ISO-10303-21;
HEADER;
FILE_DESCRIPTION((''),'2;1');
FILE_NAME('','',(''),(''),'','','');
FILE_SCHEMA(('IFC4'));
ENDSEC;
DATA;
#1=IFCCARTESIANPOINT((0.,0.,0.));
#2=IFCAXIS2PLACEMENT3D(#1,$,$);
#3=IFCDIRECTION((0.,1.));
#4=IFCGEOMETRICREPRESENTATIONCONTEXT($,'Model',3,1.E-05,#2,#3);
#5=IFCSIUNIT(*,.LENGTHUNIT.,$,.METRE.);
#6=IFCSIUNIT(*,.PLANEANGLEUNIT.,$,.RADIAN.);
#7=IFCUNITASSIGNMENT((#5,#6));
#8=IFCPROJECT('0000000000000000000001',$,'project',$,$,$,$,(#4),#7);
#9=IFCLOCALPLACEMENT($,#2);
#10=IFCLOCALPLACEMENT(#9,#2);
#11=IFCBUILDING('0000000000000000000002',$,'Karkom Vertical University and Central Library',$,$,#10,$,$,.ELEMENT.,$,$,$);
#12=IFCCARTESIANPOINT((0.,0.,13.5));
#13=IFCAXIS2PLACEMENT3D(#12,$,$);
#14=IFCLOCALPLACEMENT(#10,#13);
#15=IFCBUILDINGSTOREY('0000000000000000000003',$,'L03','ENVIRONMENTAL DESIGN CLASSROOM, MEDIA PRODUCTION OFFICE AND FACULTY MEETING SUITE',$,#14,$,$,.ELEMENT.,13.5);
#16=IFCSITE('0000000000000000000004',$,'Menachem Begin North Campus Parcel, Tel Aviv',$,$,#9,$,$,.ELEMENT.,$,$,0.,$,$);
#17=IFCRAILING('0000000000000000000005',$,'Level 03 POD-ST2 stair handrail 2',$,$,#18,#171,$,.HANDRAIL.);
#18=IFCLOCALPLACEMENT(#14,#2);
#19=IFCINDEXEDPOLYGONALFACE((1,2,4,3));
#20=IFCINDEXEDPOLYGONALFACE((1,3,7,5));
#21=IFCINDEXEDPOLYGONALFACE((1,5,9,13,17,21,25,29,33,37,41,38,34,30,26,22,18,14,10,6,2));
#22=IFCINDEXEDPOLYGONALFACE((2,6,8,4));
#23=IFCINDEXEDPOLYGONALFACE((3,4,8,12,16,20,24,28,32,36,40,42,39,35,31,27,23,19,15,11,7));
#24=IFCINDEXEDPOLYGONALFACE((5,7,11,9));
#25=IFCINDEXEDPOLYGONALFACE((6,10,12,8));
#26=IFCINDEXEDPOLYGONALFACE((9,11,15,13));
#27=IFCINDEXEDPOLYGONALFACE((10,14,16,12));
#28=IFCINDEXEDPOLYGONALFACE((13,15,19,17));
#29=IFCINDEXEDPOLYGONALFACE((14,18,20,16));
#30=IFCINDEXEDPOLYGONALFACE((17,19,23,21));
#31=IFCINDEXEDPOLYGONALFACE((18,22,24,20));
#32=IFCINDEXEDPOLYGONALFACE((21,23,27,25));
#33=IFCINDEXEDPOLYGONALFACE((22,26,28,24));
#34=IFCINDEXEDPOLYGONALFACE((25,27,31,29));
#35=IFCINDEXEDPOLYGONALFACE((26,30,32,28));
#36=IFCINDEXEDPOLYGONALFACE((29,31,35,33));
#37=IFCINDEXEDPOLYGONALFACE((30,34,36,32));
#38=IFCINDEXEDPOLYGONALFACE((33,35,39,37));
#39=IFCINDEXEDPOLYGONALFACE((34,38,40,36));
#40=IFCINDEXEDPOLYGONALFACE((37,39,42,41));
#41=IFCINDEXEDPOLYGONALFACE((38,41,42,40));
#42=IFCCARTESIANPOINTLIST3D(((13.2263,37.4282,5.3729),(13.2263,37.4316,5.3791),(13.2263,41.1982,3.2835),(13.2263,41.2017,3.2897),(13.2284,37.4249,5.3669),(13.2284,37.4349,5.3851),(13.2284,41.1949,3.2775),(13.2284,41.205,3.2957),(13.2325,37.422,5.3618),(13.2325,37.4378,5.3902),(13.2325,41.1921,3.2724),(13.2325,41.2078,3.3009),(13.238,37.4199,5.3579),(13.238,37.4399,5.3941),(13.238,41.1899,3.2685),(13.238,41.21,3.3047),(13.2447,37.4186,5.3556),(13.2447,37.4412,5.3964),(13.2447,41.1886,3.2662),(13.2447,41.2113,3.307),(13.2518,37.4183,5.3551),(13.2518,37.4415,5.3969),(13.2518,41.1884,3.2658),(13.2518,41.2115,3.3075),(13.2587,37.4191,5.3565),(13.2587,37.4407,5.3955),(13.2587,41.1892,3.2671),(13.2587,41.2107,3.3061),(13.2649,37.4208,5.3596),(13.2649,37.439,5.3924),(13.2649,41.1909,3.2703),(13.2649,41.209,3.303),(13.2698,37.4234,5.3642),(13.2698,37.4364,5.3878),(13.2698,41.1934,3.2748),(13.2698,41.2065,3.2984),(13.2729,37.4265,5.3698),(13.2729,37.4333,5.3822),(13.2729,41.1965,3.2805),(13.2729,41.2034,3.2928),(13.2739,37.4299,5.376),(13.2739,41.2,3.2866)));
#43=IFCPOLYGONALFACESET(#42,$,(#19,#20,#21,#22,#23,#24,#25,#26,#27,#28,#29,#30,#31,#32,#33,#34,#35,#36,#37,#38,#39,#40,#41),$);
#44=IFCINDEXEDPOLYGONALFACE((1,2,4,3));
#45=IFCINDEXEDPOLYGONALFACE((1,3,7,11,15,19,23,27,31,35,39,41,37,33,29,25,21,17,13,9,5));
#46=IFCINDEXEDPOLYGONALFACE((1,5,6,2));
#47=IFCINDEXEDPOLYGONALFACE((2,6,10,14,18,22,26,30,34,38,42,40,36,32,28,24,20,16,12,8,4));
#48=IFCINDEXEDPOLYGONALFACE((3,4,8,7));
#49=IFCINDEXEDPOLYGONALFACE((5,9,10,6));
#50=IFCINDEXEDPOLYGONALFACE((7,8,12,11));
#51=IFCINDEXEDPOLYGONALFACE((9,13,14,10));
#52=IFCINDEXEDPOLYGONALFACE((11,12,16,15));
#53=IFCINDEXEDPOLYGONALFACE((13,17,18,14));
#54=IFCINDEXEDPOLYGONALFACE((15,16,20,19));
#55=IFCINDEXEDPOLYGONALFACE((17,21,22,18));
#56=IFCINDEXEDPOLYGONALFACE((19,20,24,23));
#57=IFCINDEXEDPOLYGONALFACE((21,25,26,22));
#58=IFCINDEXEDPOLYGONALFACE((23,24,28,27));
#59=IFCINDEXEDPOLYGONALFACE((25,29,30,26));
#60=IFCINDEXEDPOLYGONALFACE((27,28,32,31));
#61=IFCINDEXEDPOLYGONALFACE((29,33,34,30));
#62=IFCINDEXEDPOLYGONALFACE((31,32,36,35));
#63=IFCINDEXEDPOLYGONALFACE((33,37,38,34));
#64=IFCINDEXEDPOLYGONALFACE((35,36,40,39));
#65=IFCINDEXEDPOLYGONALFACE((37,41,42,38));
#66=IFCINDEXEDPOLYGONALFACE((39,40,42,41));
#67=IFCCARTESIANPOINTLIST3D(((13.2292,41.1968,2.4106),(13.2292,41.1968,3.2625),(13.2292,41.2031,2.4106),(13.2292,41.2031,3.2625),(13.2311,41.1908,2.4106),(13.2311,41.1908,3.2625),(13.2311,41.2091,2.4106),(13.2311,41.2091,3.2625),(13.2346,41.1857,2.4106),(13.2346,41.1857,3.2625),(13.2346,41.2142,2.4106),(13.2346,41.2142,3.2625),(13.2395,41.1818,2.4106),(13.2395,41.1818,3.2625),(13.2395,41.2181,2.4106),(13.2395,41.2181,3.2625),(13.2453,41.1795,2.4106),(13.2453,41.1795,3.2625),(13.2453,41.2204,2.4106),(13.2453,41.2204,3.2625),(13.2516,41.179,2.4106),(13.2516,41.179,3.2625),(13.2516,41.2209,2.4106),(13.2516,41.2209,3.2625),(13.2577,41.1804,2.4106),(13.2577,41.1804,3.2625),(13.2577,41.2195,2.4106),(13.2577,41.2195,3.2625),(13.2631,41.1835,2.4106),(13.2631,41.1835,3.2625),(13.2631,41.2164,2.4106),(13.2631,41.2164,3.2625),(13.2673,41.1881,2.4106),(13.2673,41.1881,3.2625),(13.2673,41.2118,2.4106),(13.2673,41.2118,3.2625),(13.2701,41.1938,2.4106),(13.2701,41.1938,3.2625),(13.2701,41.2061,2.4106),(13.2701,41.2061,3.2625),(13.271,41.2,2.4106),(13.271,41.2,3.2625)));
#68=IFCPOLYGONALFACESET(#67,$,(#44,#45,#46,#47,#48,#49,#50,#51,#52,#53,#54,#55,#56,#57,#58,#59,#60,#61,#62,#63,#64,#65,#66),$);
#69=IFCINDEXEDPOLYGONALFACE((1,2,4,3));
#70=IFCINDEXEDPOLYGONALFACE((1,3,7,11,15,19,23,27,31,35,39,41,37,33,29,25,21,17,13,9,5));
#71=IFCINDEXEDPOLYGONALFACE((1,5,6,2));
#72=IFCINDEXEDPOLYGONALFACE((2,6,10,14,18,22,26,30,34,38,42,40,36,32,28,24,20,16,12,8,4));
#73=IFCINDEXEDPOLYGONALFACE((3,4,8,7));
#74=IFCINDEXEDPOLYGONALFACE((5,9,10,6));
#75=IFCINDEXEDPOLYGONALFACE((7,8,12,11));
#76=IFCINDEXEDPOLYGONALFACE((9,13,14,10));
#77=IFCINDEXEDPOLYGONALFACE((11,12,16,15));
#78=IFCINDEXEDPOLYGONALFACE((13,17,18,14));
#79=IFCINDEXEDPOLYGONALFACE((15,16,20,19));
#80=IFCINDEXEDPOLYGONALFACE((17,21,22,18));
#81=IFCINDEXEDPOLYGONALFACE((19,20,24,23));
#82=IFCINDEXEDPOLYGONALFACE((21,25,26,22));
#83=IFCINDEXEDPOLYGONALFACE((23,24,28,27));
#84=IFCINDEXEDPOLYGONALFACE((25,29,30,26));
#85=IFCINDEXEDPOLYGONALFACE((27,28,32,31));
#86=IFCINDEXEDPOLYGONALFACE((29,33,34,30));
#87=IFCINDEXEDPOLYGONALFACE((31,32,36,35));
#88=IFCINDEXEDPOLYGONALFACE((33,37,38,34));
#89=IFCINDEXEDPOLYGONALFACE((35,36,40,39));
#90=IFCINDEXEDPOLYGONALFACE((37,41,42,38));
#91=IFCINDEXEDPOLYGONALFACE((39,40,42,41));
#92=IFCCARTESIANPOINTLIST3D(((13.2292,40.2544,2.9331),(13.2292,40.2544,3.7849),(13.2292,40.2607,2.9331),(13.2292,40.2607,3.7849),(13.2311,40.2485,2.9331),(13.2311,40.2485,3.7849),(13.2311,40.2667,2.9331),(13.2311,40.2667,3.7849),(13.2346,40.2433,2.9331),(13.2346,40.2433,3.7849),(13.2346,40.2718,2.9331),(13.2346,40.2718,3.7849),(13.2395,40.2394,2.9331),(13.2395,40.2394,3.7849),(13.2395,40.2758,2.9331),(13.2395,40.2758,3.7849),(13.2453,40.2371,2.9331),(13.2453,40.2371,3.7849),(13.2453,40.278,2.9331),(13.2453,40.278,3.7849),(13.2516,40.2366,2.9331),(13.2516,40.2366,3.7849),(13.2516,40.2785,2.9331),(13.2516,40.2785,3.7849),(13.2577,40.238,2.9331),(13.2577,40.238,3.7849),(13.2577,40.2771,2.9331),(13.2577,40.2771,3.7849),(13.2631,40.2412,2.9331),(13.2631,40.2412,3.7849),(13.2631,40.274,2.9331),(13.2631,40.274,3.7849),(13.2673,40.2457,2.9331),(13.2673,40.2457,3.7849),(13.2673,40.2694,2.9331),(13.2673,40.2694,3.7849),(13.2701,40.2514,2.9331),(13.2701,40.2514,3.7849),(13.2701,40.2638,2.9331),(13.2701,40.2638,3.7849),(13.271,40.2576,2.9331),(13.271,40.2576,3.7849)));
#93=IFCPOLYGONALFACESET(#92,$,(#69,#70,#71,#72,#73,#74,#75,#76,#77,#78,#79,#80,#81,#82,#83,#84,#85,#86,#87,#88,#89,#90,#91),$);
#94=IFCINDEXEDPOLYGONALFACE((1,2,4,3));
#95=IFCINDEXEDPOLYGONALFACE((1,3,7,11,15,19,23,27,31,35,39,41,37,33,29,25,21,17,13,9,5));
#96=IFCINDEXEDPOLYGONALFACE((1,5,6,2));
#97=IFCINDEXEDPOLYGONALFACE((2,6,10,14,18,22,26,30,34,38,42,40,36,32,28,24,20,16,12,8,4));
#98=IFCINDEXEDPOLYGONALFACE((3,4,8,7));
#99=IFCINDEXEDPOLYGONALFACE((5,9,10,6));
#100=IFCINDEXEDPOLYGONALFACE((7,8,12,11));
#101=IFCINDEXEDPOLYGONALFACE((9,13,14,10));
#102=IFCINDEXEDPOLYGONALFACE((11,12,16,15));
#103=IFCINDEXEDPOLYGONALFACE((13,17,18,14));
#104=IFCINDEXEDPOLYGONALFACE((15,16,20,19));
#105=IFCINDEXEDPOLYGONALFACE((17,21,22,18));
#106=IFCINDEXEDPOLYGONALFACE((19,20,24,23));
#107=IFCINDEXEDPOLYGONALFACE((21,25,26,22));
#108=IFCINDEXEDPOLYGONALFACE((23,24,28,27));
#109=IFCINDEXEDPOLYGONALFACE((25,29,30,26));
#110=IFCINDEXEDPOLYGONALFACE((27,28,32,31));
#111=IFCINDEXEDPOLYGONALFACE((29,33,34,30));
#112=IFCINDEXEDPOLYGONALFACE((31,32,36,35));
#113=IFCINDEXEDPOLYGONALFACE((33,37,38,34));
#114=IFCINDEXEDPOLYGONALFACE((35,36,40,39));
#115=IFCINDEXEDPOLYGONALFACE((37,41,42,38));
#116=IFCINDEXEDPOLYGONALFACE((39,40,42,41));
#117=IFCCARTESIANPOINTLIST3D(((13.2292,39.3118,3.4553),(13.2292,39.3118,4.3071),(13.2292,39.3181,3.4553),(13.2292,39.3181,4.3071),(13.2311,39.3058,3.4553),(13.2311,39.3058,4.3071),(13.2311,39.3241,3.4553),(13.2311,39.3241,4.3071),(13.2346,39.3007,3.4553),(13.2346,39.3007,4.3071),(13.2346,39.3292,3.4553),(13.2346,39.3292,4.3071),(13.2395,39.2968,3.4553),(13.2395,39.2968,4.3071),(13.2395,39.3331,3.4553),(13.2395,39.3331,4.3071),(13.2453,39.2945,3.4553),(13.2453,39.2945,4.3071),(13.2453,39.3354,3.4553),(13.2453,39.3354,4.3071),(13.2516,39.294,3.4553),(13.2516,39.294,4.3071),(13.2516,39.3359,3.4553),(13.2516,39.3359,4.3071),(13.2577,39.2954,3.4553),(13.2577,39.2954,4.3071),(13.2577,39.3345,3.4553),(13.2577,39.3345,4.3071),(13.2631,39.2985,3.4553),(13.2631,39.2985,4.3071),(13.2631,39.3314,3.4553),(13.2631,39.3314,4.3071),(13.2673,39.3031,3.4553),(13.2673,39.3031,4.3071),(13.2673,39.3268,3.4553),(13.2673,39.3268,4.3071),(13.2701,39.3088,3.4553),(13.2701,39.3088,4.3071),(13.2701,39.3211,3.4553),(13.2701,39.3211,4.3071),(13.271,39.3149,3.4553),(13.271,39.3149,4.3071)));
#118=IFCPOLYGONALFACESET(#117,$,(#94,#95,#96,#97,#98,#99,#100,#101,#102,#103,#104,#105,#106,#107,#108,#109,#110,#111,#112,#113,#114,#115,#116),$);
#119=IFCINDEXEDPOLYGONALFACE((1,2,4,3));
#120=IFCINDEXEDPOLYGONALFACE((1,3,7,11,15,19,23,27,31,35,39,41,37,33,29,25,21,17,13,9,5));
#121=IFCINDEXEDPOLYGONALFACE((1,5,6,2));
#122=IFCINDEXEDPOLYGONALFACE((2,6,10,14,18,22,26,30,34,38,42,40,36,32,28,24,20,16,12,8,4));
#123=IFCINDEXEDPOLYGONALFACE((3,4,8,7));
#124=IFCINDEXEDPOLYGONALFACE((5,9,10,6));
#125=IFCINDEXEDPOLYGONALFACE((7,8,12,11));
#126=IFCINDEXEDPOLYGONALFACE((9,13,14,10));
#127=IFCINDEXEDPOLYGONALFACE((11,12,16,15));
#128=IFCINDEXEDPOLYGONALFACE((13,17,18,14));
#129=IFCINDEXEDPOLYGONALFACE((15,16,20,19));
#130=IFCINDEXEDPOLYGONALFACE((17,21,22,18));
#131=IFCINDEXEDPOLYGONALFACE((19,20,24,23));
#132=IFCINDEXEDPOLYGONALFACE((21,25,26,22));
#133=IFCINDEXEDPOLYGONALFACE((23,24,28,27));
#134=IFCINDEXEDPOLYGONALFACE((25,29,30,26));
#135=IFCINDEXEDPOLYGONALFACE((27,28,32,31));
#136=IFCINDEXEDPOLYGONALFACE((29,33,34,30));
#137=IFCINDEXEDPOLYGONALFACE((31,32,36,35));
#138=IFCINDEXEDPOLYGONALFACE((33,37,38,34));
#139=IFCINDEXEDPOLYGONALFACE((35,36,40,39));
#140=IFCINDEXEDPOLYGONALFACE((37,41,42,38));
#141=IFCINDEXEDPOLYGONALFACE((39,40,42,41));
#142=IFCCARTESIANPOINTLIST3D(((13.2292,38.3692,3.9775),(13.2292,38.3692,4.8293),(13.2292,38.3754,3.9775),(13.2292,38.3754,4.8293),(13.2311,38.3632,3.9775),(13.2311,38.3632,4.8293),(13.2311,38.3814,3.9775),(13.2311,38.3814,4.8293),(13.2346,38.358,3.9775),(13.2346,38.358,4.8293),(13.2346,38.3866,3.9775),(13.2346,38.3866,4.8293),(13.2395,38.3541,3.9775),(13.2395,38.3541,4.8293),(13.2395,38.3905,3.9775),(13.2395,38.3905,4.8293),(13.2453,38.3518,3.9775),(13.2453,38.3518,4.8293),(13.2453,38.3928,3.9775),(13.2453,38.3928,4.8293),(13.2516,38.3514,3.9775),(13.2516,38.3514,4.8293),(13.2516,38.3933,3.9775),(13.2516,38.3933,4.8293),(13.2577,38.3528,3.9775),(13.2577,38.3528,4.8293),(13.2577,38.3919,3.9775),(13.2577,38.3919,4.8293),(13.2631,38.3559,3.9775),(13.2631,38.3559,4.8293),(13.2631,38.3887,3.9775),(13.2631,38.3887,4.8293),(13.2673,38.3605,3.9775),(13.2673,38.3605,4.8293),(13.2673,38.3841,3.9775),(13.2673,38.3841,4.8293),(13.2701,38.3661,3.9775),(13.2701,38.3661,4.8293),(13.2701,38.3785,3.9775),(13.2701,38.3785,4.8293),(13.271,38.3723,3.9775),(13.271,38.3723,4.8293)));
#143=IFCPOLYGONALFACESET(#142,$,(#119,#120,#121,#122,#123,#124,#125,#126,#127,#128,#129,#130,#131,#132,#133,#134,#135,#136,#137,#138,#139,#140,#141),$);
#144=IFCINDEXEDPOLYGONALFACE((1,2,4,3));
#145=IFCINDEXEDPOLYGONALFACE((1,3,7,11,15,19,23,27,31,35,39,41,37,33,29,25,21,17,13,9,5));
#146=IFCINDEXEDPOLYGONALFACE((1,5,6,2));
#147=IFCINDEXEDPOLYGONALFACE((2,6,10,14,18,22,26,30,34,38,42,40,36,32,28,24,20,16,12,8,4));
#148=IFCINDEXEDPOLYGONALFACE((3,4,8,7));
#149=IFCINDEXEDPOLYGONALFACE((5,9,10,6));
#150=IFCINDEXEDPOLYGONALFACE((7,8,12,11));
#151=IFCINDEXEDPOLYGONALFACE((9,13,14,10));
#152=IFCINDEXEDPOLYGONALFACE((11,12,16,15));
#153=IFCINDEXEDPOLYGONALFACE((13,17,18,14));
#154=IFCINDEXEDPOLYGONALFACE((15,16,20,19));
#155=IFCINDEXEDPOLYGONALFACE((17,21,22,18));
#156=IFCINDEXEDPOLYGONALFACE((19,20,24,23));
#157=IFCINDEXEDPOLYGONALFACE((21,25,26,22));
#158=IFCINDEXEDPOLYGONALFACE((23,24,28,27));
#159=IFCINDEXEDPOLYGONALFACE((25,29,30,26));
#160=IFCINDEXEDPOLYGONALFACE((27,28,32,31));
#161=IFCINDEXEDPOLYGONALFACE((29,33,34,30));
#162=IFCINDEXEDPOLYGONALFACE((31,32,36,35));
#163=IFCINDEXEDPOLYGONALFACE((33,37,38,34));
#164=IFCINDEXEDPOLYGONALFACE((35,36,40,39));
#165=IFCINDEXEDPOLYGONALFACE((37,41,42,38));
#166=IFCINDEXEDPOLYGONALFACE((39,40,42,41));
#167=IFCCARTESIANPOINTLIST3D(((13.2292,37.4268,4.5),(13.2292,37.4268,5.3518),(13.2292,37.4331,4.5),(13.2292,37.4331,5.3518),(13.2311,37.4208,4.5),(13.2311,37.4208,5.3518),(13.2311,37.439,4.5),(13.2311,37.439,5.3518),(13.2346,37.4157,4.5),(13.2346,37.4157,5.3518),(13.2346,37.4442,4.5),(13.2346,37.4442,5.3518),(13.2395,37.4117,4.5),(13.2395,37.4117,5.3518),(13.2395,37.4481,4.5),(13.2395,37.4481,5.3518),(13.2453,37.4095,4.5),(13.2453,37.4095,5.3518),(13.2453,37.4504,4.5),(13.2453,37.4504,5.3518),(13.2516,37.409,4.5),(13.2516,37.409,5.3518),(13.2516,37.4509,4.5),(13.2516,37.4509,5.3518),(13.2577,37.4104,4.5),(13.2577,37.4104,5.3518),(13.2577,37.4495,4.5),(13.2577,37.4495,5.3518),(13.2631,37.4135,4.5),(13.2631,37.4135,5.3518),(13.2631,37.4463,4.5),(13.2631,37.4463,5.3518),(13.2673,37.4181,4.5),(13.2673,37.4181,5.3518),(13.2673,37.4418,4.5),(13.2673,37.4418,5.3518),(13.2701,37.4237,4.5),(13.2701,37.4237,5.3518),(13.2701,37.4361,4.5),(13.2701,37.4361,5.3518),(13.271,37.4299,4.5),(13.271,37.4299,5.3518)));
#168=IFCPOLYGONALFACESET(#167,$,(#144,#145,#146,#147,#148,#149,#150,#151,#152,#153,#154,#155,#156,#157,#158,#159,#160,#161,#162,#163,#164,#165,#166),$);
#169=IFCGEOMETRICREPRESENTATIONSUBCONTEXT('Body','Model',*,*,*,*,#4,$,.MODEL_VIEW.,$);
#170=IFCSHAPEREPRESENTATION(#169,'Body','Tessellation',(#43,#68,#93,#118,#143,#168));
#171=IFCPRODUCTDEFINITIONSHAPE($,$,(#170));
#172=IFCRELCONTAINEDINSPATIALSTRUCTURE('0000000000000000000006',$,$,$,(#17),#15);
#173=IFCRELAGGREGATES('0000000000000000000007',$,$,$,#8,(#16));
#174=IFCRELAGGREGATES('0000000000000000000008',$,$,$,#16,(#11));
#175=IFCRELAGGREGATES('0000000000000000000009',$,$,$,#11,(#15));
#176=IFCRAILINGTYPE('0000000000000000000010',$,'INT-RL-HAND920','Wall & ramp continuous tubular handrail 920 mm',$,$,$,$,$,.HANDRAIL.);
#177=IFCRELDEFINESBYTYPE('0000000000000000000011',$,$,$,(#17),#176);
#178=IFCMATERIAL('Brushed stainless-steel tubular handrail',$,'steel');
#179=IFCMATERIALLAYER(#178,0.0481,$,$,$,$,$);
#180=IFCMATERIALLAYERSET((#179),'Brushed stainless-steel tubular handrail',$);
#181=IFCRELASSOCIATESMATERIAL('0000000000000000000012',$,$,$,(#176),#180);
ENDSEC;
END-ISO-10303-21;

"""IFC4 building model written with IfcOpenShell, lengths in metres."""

from ifc_helpers import new_model, si_unit, direction, frame, origin, origin_2d, place, context, subcontext, project, spatial, circle, extrude, material, layer, layer_set, type_object, element, save


model = new_model("IFC4")

# Units and contexts
model_context = context("Model", 3, precision=1e-05, world=origin(), true_north=direction((0.0, 1.0)))
body_context = subcontext(model_context, "Body", "Model", "MODEL_VIEW")
ifc_project = project(units=[si_unit("LENGTHUNIT", "METRE"), si_unit("PLANEANGLEUNIT", "RADIAN")], contexts=[model_context])

# Site, building, storey
site_placement = place(None, origin())
site = spatial("IfcSite", under=ifc_project, at=site_placement, Name="Menachem Begin North Campus Parcel, Tel Aviv", CompositionType="ELEMENT", RefElevation=0.0)
building_placement = place(site_placement, origin())
building = spatial("IfcBuilding", under=site, at=building_placement, Name="Karkom Vertical University and Central Library", CompositionType="ELEMENT")
storey_placement = place(building_placement, frame((0.0, 0.0, 13.5)))
storey = spatial("IfcBuildingStorey", under=building, at=storey_placement, Name="L03", Description="ENVIRONMENTAL DESIGN CLASSROOM, MEDIA PRODUCTION OFFICE AND FACULTY MEETING SUITE", CompositionType="ELEMENT", Elevation=13.5)

# Railing
ifc_material_1 = material(Name="Brushed stainless-steel tubular handrail", Category="steel")
ifc_layer_1 = layer(ifc_material_1, 0.0481)
ifc_layer_set_1 = layer_set([ifc_layer_1], Name="Brushed stainless-steel tubular handrail")
railing_type_1 = type_object("IfcRailingType", Name="INT-RL-HAND920", Description="Wall & ramp continuous tubular handrail 920 mm", PredefinedType="HANDRAIL", material=ifc_layer_set_1)
railing_1_placement = place(storey_placement, frame((13.25, 41.2, 2.4106)))
element("IfcRailing", 1, at=railing_1_placement, inside=storey, type_object=railing_type_1, Name="Level 03 POD-ST2 stair handrail 2", PredefinedType="HANDRAIL", context=body_context, shape_type="SweptSolid", body=[
    extrude(circle(Radius=0.0239, at=origin_2d()), frame((0.0, 0.0, 0.876), z_axis=(0.0, -0.874659, 0.484739), x_axis=(1.0, 0.0, 0.0)), (0.0, 0.0, 1.0), 4.3103),
    extrude(circle(Radius=0.021, at=origin_2d()), origin(), (0.0, 0.0, 1.0), 0.8518),
    extrude(circle(Radius=0.021, at=origin_2d()), frame((0.0, -0.9424, 0.5225)), (0.0, 0.0, 1.0), 0.8518),
    extrude(circle(Radius=0.021, at=origin_2d()), frame((0.0, -1.885, 1.0447)), (0.0, 0.0, 1.0), 0.8518),
    extrude(circle(Radius=0.021, at=origin_2d()), frame((0.0, -2.8276, 1.5669)), (0.0, 0.0, 1.0), 0.8518),
    extrude(circle(Radius=0.021, at=origin_2d()), frame((0.0, -3.77, 2.0894)), (0.0, 0.0, 1.0), 0.8518),
])

save(model, "model.ifc")
